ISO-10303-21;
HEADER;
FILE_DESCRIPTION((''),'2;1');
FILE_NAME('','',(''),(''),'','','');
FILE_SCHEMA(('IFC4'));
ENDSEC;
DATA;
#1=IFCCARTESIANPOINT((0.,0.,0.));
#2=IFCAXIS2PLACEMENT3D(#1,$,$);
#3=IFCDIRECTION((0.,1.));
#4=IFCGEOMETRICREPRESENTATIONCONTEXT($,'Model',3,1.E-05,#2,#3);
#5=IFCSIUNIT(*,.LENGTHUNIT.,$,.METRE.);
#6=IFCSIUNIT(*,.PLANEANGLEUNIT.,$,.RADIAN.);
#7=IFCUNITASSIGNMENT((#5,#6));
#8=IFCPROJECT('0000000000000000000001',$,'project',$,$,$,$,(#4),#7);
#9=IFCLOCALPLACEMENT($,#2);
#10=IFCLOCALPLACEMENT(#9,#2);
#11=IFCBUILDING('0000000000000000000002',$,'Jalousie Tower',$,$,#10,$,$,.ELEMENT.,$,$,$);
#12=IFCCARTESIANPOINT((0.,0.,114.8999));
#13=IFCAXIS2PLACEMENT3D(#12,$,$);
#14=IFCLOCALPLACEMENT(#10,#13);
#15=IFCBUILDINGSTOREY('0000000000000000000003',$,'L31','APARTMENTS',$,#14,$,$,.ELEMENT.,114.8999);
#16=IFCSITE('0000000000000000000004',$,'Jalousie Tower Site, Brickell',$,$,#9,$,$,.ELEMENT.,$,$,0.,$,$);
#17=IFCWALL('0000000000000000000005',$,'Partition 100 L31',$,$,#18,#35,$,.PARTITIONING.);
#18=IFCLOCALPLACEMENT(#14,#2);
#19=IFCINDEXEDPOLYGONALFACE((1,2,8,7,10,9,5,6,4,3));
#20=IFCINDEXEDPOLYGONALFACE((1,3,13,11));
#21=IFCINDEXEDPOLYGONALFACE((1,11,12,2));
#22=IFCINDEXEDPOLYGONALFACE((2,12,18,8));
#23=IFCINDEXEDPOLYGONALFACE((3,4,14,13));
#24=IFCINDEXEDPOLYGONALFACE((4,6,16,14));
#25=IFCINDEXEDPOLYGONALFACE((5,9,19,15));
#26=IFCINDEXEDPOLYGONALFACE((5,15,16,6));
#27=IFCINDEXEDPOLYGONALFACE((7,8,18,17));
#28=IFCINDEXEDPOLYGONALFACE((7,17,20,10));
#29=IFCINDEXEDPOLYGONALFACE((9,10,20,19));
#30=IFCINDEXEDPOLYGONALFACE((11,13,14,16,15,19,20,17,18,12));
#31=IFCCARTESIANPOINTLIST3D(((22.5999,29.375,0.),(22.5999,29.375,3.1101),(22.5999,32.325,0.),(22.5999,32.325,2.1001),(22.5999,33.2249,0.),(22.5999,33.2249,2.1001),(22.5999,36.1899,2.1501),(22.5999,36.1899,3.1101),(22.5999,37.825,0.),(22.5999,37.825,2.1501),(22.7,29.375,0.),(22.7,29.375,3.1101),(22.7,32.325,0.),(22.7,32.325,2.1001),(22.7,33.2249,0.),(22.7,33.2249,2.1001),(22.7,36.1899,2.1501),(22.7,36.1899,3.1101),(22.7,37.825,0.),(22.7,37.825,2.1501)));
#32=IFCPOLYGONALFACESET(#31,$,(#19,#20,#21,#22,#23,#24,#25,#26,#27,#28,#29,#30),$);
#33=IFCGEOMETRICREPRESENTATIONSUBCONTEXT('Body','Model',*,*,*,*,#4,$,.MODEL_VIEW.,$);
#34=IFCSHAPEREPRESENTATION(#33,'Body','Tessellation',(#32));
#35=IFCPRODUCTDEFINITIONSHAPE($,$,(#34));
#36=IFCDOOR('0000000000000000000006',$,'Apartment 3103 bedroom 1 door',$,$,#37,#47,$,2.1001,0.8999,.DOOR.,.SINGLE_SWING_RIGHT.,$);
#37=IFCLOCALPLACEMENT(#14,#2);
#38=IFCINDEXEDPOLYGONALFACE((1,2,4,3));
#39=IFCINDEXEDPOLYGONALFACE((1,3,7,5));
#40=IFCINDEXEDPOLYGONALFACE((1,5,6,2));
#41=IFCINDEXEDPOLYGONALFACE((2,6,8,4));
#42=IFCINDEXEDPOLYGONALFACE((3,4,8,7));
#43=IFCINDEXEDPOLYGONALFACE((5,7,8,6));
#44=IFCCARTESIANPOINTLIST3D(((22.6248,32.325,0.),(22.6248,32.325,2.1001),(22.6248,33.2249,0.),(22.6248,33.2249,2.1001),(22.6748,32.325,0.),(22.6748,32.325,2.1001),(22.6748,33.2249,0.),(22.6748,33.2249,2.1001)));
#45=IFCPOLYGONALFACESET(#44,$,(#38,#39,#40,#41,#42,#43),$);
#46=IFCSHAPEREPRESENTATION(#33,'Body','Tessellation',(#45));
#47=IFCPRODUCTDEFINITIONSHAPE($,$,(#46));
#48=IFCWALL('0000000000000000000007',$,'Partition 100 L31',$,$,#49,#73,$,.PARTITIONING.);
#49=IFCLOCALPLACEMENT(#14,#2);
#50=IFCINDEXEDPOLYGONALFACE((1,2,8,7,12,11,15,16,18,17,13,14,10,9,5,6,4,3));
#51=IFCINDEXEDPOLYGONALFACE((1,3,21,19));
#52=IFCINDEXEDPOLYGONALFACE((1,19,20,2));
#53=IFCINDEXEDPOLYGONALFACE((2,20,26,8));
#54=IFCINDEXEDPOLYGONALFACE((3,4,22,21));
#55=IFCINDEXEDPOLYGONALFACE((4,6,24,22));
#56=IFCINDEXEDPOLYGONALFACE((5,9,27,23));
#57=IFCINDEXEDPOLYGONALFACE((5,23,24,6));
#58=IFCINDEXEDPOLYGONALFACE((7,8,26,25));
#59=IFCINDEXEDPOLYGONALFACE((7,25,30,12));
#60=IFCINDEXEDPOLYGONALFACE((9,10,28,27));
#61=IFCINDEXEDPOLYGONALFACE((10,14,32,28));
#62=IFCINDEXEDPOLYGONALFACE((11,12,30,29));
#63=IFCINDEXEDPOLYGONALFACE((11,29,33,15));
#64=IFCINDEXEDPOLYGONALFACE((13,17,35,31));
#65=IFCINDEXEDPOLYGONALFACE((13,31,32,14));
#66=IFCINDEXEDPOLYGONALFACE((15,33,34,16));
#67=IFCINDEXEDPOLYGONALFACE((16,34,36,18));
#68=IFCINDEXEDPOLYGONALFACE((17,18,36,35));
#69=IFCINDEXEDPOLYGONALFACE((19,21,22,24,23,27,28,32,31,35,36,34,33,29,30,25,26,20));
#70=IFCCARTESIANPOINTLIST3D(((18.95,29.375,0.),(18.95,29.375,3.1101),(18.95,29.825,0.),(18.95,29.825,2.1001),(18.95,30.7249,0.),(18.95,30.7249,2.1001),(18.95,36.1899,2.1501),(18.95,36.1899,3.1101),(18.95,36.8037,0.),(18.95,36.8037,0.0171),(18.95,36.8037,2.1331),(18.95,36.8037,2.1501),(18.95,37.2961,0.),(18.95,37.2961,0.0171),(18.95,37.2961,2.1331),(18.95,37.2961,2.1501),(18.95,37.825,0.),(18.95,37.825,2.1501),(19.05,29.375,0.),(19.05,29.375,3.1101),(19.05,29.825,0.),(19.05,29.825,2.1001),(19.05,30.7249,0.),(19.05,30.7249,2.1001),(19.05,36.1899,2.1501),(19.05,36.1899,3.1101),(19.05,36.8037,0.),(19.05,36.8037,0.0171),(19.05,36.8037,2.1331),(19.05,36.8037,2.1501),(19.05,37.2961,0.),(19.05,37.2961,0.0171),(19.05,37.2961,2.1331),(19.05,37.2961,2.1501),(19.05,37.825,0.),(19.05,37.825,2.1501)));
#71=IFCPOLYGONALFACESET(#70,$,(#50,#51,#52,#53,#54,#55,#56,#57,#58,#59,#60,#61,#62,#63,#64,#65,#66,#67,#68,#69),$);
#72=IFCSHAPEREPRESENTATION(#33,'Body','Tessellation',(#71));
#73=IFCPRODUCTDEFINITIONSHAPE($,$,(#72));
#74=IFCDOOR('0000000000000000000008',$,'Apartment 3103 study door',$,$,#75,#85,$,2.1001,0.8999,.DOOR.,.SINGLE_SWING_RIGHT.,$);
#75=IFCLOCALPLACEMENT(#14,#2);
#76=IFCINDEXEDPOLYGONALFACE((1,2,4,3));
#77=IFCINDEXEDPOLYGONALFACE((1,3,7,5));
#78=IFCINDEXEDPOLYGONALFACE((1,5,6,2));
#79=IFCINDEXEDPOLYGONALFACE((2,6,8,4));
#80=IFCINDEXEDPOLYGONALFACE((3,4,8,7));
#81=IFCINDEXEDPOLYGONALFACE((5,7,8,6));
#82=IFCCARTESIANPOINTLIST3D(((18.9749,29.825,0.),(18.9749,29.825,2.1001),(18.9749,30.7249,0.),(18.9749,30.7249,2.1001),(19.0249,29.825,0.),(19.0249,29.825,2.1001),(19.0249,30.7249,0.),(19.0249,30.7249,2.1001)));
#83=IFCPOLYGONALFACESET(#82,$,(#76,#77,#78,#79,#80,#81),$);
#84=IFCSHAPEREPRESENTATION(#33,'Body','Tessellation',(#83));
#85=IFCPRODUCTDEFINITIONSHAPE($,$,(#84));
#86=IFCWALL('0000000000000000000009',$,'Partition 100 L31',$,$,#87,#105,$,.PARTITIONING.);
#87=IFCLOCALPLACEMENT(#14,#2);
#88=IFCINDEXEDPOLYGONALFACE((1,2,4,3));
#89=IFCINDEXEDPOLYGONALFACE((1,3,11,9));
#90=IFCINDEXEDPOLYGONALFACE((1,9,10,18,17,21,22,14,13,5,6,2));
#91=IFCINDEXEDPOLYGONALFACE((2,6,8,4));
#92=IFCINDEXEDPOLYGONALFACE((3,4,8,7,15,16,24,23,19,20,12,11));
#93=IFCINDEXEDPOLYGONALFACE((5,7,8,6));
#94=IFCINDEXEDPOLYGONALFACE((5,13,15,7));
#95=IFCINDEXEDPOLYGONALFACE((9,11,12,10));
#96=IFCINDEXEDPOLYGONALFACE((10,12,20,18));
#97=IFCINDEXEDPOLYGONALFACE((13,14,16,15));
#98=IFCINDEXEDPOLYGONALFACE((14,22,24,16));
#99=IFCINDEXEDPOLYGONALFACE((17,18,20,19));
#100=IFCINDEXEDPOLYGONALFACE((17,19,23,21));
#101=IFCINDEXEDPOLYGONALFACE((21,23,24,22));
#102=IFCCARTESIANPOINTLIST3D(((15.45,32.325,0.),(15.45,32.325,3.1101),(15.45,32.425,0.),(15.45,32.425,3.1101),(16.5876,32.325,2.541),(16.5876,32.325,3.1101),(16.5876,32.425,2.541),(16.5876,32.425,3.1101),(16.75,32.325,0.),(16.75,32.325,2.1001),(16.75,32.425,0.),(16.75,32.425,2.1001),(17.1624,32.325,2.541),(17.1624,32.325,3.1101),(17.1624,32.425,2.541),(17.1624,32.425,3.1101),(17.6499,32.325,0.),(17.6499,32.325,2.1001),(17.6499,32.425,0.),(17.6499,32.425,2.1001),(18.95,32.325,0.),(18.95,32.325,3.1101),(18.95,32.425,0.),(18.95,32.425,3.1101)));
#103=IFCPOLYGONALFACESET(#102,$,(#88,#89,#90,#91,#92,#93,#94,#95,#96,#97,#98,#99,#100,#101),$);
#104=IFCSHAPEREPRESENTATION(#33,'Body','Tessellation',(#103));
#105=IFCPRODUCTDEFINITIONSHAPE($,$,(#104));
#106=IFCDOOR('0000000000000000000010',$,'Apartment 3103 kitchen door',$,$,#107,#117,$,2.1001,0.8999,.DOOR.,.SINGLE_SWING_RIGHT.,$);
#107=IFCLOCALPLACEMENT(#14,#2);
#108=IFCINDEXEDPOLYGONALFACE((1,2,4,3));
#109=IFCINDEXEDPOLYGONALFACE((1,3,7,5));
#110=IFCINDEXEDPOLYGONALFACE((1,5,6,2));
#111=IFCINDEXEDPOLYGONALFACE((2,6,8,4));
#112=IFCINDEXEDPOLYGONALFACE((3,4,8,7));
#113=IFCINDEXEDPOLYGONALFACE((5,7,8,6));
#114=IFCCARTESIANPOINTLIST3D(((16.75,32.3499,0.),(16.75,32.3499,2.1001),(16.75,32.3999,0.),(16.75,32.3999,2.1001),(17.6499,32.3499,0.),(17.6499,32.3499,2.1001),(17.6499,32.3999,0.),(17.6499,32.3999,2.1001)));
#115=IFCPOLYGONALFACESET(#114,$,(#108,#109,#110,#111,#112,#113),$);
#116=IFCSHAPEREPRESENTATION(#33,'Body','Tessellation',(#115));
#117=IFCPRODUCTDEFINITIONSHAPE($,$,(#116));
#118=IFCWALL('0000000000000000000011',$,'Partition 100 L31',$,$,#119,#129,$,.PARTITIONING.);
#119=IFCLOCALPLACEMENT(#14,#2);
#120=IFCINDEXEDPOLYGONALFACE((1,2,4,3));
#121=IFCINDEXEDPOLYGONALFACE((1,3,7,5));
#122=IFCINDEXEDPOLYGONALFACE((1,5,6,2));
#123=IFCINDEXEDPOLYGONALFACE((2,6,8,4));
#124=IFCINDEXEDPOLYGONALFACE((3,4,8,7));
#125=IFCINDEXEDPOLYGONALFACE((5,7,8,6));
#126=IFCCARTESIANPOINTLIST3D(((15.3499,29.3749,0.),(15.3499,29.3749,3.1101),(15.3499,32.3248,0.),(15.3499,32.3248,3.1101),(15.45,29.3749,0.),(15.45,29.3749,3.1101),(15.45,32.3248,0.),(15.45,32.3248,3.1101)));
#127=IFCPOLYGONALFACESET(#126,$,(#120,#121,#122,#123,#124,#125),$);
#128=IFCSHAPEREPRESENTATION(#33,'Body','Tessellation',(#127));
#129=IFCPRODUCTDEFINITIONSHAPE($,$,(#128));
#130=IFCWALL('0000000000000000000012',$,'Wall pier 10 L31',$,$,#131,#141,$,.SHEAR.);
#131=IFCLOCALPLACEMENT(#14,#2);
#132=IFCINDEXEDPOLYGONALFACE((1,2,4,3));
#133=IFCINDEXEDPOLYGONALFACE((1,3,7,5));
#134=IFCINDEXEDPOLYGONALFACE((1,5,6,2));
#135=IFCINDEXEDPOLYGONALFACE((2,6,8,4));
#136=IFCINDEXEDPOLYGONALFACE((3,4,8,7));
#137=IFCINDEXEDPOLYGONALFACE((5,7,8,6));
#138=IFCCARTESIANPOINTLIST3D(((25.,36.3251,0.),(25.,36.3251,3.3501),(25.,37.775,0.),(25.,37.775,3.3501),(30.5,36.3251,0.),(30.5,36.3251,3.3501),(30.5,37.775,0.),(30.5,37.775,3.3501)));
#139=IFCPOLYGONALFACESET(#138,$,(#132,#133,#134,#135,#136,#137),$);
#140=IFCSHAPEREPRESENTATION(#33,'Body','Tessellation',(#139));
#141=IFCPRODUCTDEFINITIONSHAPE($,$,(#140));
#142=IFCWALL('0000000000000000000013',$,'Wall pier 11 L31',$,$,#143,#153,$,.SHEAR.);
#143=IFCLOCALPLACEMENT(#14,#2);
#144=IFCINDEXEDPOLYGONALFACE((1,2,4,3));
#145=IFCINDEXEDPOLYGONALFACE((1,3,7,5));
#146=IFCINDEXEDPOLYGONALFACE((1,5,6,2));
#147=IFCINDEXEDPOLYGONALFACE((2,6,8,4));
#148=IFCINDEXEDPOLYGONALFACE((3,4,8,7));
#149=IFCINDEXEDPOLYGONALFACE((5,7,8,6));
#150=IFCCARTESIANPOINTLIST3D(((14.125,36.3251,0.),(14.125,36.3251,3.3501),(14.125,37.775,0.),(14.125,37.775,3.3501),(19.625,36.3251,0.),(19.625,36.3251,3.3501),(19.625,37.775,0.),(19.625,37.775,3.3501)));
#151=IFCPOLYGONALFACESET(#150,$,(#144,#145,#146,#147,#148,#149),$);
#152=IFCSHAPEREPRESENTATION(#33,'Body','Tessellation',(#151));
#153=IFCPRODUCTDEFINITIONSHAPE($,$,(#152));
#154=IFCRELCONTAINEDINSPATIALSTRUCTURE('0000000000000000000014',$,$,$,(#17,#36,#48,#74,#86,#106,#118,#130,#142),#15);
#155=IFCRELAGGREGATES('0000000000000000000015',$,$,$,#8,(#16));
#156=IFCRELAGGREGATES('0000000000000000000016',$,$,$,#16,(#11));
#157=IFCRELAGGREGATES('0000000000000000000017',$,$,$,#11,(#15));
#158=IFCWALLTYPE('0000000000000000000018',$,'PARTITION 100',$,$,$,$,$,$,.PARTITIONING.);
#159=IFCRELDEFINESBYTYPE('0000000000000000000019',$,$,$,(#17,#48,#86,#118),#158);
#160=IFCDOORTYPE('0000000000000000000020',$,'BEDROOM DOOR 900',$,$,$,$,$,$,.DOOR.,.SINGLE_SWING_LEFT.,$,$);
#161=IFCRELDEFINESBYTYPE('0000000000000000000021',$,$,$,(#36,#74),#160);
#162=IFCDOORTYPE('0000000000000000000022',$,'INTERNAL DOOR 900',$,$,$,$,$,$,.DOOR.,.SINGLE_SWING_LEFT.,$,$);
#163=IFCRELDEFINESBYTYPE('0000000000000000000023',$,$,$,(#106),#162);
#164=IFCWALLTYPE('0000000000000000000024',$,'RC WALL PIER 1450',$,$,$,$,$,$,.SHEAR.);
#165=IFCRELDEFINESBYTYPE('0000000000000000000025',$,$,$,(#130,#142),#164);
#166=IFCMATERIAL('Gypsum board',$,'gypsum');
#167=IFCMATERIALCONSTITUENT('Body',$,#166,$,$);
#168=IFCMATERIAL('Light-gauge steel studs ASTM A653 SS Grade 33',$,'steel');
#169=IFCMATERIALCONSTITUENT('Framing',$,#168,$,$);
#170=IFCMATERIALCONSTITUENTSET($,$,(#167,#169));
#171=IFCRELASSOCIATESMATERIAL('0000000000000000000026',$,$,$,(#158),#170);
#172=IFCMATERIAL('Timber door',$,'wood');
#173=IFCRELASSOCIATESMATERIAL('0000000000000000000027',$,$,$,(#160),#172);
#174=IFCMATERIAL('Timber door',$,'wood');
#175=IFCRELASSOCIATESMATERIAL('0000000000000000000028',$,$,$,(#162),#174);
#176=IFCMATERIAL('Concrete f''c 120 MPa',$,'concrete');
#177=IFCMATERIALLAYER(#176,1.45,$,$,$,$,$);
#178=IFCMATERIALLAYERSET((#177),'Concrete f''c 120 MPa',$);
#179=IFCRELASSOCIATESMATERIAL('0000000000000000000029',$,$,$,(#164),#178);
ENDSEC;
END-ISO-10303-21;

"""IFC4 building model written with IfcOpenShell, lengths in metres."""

from ifc_helpers import new_model, si_unit, direction, frame, frame_2d, origin, place, context, subcontext, project, spatial, polyline, rectangle, outline, extrude, material, layer, layer_set, constituent, constituent_set, type_object, element, fill, save


model = new_model("IFC4")

# Units and contexts
model_context = context("Model", 3, precision=1e-05, world=origin(), true_north=direction((0.0, 1.0)))
body_context = subcontext(model_context, "Body", "Model", "MODEL_VIEW")
ifc_project = project(units=[si_unit("LENGTHUNIT", "METRE"), si_unit("PLANEANGLEUNIT", "RADIAN")], contexts=[model_context])

# Site, building, storey
site_placement = place(None, origin())
site = spatial("IfcSite", under=ifc_project, at=site_placement, Name="Jalousie Tower Site, Brickell", CompositionType="ELEMENT", RefElevation=0.0)
building_placement = place(site_placement, origin())
building = spatial("IfcBuilding", under=site, at=building_placement, Name="Jalousie Tower", CompositionType="ELEMENT")
storey_placement = place(building_placement, frame((0.0, 0.0, 114.8999)))
storey = spatial("IfcBuildingStorey", under=building, at=storey_placement, Name="L31", Description="APARTMENTS", CompositionType="ELEMENT", Elevation=114.8999)

# Walls, openings, doors
ifc_material_1 = material(Name="Gypsum board", Category="gypsum")
ifc_constituent_1 = constituent(ifc_material_1, Name="Body")
ifc_material_2 = material(Name="Light-gauge steel studs ASTM A653 SS Grade 33", Category="steel")
ifc_constituent_2 = constituent(ifc_material_2, Name="Framing")
ifc_constituent_set_1 = constituent_set(constituents=[ifc_constituent_1, ifc_constituent_2])
wall_type_1 = type_object("IfcWallType", Name="PARTITION 100", PredefinedType="PARTITIONING", material=ifc_constituent_set_1)
wall_1_placement = place(storey_placement, frame((22.6499, 37.825, 0.0), z_axis=(0.0, 0.0, 1.0), x_axis=(0.0, -1.0, 0.0)))
wall_1 = element("IfcWall", 1, at=wall_1_placement, inside=storey, type_object=wall_type_1, Name="Partition 100 L31", PredefinedType="PARTITIONING", context=body_context, shape_type="SweptSolid", body=[
    extrude(outline(polyline([(0.0, 0.0), (8.45, 0.0), (8.45, 3.1101), (1.635, 3.1101), (1.635, 2.1501), (0.0, 2.1501), (0.0, 3.1101), (0.0, 0.0)])), frame((0.0, 0.05, 0.0), z_axis=(0.0, -1.0, 0.0), x_axis=(1.0, 0.0, 0.0)), (0.0, 0.0, 1.0), 0.1001),
])
opening_1_placement = place(wall_1_placement, frame((4.6001, 0.0, 0.0)))
opening_1 = element("IfcOpeningElement", 2, at=opening_1_placement, cuts=wall_1, PredefinedType="OPENING", context=body_context, shape_type="SweptSolid", body=[
    extrude(rectangle(XDim=0.8999, YDim=2.1001, at=frame_2d((0.45, 1.05))), frame((0.0, 0.0601, 0.0), z_axis=(0.0, -1.0, 0.0), x_axis=(1.0, 0.0, 0.0)), (0.0, 0.0, 1.0), 0.1201),
])
ifc_material_3 = material(Name="Timber door", Category="wood")
door_type_1 = type_object("IfcDoorType", Name="BEDROOM DOOR 900", OperationType="SINGLE_SWING_LEFT", PredefinedType="DOOR", material=ifc_material_3)
door_1_placement = place(opening_1_placement, origin())
door_1 = element("IfcDoor", 3, at=door_1_placement, inside=storey, type_object=door_type_1, Name="Apartment 3103 bedroom 1 door", OperationType="SINGLE_SWING_RIGHT", OverallHeight=2.1001, OverallWidth=0.8999, PredefinedType="DOOR", context=body_context, shape_type="SweptSolid", body=[
    extrude(rectangle(XDim=0.8999, YDim=2.1001, at=frame_2d((0.45, 1.05))), frame((0.0, 0.0249, 0.0), z_axis=(0.0, -1.0, 0.0), x_axis=(1.0, 0.0, 0.0)), (0.0, 0.0, 1.0), 0.05),
])
fill(opening_1, door_1)
wall_2_placement = place(storey_placement, frame((19.0, 37.825, 0.0), z_axis=(0.0, 0.0, 1.0), x_axis=(0.0, -1.0, 0.0)))
wall_2 = element("IfcWall", 4, at=wall_2_placement, inside=storey, type_object=wall_type_1, Name="Partition 100 L31", PredefinedType="PARTITIONING", context=body_context, shape_type="SweptSolid", body=[
    extrude(outline(polyline([(0.5288, 2.1501), (0.0, 2.1501), (0.0, 0.0), (0.5288, 0.0), (0.5288, 0.0171), (1.0212, 0.0171), (1.0212, 0.0), (8.45, 0.0), (8.45, 3.1101), (1.635, 3.1101), (1.635, 2.1501), (1.0212, 2.1501), (1.0212, 2.1331), (0.5288, 2.1331), (0.5288, 2.1501)])), frame((0.0, 0.05, 0.0), z_axis=(0.0, -1.0, 0.0), x_axis=(1.0, 0.0, 0.0)), (0.0, 0.0, 1.0), 0.1001),
])
opening_2_placement = place(wall_2_placement, frame((7.1001, 0.0, 0.0)))
opening_2 = element("IfcOpeningElement", 5, at=opening_2_placement, cuts=wall_2, PredefinedType="OPENING", context=body_context, shape_type="SweptSolid", body=[
    extrude(rectangle(XDim=0.8999, YDim=2.1001, at=frame_2d((0.45, 1.05))), frame((0.0, 0.0601, 0.0), z_axis=(0.0, -1.0, 0.0), x_axis=(1.0, 0.0, 0.0)), (0.0, 0.0, 1.0), 0.1201),
])
door_2_placement = place(opening_2_placement, origin())
door_2 = element("IfcDoor", 6, at=door_2_placement, inside=storey, type_object=door_type_1, Name="Apartment 3103 study door", OperationType="SINGLE_SWING_RIGHT", OverallHeight=2.1001, OverallWidth=0.8999, PredefinedType="DOOR", context=body_context, shape_type="SweptSolid", body=[
    extrude(rectangle(XDim=0.8999, YDim=2.1001, at=frame_2d((0.45, 1.05))), frame((0.0, 0.0249, 0.0), z_axis=(0.0, -1.0, 0.0), x_axis=(1.0, 0.0, 0.0)), (0.0, 0.0, 1.0), 0.05),
])
fill(opening_2, door_2)
wall_3_placement = place(storey_placement, frame((15.45, 32.375, 0.0), z_axis=(0.0, 0.0, 1.0), x_axis=(1.0, 0.0, 0.0)))
wall_3 = element("IfcWall", 7, at=wall_3_placement, inside=storey, type_object=wall_type_1, Name="Partition 100 L31", PredefinedType="PARTITIONING", context=body_context, shape_type="SweptSolid", body=[
    extrude(outline(polyline([(0.0, 0.0), (3.5, 0.0), (3.5, 3.1101), (1.7124, 3.1101), (1.7124, 2.541), (1.1377, 2.541), (1.1377, 3.1101), (0.0, 3.1101), (0.0, 0.0)])), frame((0.0, 0.05, 0.0), z_axis=(0.0, -1.0, 0.0), x_axis=(1.0, 0.0, 0.0)), (0.0, 0.0, 1.0), 0.1001),
])
opening_3_placement = place(wall_3_placement, frame((1.3, 0.0, 0.0)))
opening_3 = element("IfcOpeningElement", 8, at=opening_3_placement, cuts=wall_3, PredefinedType="OPENING", context=body_context, shape_type="SweptSolid", body=[
    extrude(rectangle(XDim=0.8999, YDim=2.1001, at=frame_2d((0.45, 1.05))), frame((0.0, 0.0601, 0.0), z_axis=(0.0, -1.0, 0.0), x_axis=(1.0, 0.0, 0.0)), (0.0, 0.0, 1.0), 0.1201),
])
ifc_material_4 = material(Name="Timber door", Category="wood")
door_type_2 = type_object("IfcDoorType", Name="INTERNAL DOOR 900", OperationType="SINGLE_SWING_LEFT", PredefinedType="DOOR", material=ifc_material_4)
door_3_placement = place(opening_3_placement, origin())
door_3 = element("IfcDoor", 9, at=door_3_placement, inside=storey, type_object=door_type_2, Name="Apartment 3103 kitchen door", OperationType="SINGLE_SWING_RIGHT", OverallHeight=2.1001, OverallWidth=0.8999, PredefinedType="DOOR", context=body_context, shape_type="SweptSolid", body=[
    extrude(rectangle(XDim=0.8999, YDim=2.1001, at=frame_2d((0.45, 1.05))), frame((0.0, 0.0249, 0.0), z_axis=(0.0, -1.0, 0.0), x_axis=(1.0, 0.0, 0.0)), (0.0, 0.0, 1.0), 0.05),
])
fill(opening_3, door_3)

# Walls
wall_4_placement = place(storey_placement, frame((15.3999, 32.325, 0.0), z_axis=(0.0, 0.0, 1.0), x_axis=(0.0, -1.0, 0.0)))
element("IfcWall", 10, at=wall_4_placement, inside=storey, type_object=wall_type_1, Name="Partition 100 L31", PredefinedType="PARTITIONING", context=body_context, shape_type="SweptSolid", body=[
    extrude(rectangle(XDim=2.95, YDim=0.1001, at=frame_2d((1.4751, 0.0))), origin(), (0.0, 0.0, 1.0), 3.1101),
])
ifc_material_5 = material(Name="Concrete f'c 120 MPa", Category="concrete")
ifc_layer_1 = layer(ifc_material_5, 1.45)
ifc_layer_set_1 = layer_set([ifc_layer_1], Name="Concrete f'c 120 MPa")
wall_type_2 = type_object("IfcWallType", Name="RC WALL PIER 1450", PredefinedType="SHEAR", material=ifc_layer_set_1)
for number, where, z_axis, x_axis, name in (
    (11, (25.0, 37.05, 0.0), (0.0, 0.0, 1.0), (1.0, 0.0, 0.0), "Wall pier 10 L31"),
    (12, (14.125, 37.05, 0.0), (0.0, 0.0, 1.0), (1.0, 0.0, 0.0), "Wall pier 11 L31"),
):
    element("IfcWall", number, at=place(storey_placement, frame(where, z_axis=z_axis, x_axis=x_axis)), inside=storey, type_object=wall_type_2, Name=name, PredefinedType="SHEAR", context=body_context, shape_type="SweptSolid", body=[
        extrude(rectangle(XDim=5.5, YDim=1.45, at=frame_2d((2.75, 0.0))), origin(), (0.0, 0.0, 1.0), 3.3501),
    ])

save(model, "model.ifc")
